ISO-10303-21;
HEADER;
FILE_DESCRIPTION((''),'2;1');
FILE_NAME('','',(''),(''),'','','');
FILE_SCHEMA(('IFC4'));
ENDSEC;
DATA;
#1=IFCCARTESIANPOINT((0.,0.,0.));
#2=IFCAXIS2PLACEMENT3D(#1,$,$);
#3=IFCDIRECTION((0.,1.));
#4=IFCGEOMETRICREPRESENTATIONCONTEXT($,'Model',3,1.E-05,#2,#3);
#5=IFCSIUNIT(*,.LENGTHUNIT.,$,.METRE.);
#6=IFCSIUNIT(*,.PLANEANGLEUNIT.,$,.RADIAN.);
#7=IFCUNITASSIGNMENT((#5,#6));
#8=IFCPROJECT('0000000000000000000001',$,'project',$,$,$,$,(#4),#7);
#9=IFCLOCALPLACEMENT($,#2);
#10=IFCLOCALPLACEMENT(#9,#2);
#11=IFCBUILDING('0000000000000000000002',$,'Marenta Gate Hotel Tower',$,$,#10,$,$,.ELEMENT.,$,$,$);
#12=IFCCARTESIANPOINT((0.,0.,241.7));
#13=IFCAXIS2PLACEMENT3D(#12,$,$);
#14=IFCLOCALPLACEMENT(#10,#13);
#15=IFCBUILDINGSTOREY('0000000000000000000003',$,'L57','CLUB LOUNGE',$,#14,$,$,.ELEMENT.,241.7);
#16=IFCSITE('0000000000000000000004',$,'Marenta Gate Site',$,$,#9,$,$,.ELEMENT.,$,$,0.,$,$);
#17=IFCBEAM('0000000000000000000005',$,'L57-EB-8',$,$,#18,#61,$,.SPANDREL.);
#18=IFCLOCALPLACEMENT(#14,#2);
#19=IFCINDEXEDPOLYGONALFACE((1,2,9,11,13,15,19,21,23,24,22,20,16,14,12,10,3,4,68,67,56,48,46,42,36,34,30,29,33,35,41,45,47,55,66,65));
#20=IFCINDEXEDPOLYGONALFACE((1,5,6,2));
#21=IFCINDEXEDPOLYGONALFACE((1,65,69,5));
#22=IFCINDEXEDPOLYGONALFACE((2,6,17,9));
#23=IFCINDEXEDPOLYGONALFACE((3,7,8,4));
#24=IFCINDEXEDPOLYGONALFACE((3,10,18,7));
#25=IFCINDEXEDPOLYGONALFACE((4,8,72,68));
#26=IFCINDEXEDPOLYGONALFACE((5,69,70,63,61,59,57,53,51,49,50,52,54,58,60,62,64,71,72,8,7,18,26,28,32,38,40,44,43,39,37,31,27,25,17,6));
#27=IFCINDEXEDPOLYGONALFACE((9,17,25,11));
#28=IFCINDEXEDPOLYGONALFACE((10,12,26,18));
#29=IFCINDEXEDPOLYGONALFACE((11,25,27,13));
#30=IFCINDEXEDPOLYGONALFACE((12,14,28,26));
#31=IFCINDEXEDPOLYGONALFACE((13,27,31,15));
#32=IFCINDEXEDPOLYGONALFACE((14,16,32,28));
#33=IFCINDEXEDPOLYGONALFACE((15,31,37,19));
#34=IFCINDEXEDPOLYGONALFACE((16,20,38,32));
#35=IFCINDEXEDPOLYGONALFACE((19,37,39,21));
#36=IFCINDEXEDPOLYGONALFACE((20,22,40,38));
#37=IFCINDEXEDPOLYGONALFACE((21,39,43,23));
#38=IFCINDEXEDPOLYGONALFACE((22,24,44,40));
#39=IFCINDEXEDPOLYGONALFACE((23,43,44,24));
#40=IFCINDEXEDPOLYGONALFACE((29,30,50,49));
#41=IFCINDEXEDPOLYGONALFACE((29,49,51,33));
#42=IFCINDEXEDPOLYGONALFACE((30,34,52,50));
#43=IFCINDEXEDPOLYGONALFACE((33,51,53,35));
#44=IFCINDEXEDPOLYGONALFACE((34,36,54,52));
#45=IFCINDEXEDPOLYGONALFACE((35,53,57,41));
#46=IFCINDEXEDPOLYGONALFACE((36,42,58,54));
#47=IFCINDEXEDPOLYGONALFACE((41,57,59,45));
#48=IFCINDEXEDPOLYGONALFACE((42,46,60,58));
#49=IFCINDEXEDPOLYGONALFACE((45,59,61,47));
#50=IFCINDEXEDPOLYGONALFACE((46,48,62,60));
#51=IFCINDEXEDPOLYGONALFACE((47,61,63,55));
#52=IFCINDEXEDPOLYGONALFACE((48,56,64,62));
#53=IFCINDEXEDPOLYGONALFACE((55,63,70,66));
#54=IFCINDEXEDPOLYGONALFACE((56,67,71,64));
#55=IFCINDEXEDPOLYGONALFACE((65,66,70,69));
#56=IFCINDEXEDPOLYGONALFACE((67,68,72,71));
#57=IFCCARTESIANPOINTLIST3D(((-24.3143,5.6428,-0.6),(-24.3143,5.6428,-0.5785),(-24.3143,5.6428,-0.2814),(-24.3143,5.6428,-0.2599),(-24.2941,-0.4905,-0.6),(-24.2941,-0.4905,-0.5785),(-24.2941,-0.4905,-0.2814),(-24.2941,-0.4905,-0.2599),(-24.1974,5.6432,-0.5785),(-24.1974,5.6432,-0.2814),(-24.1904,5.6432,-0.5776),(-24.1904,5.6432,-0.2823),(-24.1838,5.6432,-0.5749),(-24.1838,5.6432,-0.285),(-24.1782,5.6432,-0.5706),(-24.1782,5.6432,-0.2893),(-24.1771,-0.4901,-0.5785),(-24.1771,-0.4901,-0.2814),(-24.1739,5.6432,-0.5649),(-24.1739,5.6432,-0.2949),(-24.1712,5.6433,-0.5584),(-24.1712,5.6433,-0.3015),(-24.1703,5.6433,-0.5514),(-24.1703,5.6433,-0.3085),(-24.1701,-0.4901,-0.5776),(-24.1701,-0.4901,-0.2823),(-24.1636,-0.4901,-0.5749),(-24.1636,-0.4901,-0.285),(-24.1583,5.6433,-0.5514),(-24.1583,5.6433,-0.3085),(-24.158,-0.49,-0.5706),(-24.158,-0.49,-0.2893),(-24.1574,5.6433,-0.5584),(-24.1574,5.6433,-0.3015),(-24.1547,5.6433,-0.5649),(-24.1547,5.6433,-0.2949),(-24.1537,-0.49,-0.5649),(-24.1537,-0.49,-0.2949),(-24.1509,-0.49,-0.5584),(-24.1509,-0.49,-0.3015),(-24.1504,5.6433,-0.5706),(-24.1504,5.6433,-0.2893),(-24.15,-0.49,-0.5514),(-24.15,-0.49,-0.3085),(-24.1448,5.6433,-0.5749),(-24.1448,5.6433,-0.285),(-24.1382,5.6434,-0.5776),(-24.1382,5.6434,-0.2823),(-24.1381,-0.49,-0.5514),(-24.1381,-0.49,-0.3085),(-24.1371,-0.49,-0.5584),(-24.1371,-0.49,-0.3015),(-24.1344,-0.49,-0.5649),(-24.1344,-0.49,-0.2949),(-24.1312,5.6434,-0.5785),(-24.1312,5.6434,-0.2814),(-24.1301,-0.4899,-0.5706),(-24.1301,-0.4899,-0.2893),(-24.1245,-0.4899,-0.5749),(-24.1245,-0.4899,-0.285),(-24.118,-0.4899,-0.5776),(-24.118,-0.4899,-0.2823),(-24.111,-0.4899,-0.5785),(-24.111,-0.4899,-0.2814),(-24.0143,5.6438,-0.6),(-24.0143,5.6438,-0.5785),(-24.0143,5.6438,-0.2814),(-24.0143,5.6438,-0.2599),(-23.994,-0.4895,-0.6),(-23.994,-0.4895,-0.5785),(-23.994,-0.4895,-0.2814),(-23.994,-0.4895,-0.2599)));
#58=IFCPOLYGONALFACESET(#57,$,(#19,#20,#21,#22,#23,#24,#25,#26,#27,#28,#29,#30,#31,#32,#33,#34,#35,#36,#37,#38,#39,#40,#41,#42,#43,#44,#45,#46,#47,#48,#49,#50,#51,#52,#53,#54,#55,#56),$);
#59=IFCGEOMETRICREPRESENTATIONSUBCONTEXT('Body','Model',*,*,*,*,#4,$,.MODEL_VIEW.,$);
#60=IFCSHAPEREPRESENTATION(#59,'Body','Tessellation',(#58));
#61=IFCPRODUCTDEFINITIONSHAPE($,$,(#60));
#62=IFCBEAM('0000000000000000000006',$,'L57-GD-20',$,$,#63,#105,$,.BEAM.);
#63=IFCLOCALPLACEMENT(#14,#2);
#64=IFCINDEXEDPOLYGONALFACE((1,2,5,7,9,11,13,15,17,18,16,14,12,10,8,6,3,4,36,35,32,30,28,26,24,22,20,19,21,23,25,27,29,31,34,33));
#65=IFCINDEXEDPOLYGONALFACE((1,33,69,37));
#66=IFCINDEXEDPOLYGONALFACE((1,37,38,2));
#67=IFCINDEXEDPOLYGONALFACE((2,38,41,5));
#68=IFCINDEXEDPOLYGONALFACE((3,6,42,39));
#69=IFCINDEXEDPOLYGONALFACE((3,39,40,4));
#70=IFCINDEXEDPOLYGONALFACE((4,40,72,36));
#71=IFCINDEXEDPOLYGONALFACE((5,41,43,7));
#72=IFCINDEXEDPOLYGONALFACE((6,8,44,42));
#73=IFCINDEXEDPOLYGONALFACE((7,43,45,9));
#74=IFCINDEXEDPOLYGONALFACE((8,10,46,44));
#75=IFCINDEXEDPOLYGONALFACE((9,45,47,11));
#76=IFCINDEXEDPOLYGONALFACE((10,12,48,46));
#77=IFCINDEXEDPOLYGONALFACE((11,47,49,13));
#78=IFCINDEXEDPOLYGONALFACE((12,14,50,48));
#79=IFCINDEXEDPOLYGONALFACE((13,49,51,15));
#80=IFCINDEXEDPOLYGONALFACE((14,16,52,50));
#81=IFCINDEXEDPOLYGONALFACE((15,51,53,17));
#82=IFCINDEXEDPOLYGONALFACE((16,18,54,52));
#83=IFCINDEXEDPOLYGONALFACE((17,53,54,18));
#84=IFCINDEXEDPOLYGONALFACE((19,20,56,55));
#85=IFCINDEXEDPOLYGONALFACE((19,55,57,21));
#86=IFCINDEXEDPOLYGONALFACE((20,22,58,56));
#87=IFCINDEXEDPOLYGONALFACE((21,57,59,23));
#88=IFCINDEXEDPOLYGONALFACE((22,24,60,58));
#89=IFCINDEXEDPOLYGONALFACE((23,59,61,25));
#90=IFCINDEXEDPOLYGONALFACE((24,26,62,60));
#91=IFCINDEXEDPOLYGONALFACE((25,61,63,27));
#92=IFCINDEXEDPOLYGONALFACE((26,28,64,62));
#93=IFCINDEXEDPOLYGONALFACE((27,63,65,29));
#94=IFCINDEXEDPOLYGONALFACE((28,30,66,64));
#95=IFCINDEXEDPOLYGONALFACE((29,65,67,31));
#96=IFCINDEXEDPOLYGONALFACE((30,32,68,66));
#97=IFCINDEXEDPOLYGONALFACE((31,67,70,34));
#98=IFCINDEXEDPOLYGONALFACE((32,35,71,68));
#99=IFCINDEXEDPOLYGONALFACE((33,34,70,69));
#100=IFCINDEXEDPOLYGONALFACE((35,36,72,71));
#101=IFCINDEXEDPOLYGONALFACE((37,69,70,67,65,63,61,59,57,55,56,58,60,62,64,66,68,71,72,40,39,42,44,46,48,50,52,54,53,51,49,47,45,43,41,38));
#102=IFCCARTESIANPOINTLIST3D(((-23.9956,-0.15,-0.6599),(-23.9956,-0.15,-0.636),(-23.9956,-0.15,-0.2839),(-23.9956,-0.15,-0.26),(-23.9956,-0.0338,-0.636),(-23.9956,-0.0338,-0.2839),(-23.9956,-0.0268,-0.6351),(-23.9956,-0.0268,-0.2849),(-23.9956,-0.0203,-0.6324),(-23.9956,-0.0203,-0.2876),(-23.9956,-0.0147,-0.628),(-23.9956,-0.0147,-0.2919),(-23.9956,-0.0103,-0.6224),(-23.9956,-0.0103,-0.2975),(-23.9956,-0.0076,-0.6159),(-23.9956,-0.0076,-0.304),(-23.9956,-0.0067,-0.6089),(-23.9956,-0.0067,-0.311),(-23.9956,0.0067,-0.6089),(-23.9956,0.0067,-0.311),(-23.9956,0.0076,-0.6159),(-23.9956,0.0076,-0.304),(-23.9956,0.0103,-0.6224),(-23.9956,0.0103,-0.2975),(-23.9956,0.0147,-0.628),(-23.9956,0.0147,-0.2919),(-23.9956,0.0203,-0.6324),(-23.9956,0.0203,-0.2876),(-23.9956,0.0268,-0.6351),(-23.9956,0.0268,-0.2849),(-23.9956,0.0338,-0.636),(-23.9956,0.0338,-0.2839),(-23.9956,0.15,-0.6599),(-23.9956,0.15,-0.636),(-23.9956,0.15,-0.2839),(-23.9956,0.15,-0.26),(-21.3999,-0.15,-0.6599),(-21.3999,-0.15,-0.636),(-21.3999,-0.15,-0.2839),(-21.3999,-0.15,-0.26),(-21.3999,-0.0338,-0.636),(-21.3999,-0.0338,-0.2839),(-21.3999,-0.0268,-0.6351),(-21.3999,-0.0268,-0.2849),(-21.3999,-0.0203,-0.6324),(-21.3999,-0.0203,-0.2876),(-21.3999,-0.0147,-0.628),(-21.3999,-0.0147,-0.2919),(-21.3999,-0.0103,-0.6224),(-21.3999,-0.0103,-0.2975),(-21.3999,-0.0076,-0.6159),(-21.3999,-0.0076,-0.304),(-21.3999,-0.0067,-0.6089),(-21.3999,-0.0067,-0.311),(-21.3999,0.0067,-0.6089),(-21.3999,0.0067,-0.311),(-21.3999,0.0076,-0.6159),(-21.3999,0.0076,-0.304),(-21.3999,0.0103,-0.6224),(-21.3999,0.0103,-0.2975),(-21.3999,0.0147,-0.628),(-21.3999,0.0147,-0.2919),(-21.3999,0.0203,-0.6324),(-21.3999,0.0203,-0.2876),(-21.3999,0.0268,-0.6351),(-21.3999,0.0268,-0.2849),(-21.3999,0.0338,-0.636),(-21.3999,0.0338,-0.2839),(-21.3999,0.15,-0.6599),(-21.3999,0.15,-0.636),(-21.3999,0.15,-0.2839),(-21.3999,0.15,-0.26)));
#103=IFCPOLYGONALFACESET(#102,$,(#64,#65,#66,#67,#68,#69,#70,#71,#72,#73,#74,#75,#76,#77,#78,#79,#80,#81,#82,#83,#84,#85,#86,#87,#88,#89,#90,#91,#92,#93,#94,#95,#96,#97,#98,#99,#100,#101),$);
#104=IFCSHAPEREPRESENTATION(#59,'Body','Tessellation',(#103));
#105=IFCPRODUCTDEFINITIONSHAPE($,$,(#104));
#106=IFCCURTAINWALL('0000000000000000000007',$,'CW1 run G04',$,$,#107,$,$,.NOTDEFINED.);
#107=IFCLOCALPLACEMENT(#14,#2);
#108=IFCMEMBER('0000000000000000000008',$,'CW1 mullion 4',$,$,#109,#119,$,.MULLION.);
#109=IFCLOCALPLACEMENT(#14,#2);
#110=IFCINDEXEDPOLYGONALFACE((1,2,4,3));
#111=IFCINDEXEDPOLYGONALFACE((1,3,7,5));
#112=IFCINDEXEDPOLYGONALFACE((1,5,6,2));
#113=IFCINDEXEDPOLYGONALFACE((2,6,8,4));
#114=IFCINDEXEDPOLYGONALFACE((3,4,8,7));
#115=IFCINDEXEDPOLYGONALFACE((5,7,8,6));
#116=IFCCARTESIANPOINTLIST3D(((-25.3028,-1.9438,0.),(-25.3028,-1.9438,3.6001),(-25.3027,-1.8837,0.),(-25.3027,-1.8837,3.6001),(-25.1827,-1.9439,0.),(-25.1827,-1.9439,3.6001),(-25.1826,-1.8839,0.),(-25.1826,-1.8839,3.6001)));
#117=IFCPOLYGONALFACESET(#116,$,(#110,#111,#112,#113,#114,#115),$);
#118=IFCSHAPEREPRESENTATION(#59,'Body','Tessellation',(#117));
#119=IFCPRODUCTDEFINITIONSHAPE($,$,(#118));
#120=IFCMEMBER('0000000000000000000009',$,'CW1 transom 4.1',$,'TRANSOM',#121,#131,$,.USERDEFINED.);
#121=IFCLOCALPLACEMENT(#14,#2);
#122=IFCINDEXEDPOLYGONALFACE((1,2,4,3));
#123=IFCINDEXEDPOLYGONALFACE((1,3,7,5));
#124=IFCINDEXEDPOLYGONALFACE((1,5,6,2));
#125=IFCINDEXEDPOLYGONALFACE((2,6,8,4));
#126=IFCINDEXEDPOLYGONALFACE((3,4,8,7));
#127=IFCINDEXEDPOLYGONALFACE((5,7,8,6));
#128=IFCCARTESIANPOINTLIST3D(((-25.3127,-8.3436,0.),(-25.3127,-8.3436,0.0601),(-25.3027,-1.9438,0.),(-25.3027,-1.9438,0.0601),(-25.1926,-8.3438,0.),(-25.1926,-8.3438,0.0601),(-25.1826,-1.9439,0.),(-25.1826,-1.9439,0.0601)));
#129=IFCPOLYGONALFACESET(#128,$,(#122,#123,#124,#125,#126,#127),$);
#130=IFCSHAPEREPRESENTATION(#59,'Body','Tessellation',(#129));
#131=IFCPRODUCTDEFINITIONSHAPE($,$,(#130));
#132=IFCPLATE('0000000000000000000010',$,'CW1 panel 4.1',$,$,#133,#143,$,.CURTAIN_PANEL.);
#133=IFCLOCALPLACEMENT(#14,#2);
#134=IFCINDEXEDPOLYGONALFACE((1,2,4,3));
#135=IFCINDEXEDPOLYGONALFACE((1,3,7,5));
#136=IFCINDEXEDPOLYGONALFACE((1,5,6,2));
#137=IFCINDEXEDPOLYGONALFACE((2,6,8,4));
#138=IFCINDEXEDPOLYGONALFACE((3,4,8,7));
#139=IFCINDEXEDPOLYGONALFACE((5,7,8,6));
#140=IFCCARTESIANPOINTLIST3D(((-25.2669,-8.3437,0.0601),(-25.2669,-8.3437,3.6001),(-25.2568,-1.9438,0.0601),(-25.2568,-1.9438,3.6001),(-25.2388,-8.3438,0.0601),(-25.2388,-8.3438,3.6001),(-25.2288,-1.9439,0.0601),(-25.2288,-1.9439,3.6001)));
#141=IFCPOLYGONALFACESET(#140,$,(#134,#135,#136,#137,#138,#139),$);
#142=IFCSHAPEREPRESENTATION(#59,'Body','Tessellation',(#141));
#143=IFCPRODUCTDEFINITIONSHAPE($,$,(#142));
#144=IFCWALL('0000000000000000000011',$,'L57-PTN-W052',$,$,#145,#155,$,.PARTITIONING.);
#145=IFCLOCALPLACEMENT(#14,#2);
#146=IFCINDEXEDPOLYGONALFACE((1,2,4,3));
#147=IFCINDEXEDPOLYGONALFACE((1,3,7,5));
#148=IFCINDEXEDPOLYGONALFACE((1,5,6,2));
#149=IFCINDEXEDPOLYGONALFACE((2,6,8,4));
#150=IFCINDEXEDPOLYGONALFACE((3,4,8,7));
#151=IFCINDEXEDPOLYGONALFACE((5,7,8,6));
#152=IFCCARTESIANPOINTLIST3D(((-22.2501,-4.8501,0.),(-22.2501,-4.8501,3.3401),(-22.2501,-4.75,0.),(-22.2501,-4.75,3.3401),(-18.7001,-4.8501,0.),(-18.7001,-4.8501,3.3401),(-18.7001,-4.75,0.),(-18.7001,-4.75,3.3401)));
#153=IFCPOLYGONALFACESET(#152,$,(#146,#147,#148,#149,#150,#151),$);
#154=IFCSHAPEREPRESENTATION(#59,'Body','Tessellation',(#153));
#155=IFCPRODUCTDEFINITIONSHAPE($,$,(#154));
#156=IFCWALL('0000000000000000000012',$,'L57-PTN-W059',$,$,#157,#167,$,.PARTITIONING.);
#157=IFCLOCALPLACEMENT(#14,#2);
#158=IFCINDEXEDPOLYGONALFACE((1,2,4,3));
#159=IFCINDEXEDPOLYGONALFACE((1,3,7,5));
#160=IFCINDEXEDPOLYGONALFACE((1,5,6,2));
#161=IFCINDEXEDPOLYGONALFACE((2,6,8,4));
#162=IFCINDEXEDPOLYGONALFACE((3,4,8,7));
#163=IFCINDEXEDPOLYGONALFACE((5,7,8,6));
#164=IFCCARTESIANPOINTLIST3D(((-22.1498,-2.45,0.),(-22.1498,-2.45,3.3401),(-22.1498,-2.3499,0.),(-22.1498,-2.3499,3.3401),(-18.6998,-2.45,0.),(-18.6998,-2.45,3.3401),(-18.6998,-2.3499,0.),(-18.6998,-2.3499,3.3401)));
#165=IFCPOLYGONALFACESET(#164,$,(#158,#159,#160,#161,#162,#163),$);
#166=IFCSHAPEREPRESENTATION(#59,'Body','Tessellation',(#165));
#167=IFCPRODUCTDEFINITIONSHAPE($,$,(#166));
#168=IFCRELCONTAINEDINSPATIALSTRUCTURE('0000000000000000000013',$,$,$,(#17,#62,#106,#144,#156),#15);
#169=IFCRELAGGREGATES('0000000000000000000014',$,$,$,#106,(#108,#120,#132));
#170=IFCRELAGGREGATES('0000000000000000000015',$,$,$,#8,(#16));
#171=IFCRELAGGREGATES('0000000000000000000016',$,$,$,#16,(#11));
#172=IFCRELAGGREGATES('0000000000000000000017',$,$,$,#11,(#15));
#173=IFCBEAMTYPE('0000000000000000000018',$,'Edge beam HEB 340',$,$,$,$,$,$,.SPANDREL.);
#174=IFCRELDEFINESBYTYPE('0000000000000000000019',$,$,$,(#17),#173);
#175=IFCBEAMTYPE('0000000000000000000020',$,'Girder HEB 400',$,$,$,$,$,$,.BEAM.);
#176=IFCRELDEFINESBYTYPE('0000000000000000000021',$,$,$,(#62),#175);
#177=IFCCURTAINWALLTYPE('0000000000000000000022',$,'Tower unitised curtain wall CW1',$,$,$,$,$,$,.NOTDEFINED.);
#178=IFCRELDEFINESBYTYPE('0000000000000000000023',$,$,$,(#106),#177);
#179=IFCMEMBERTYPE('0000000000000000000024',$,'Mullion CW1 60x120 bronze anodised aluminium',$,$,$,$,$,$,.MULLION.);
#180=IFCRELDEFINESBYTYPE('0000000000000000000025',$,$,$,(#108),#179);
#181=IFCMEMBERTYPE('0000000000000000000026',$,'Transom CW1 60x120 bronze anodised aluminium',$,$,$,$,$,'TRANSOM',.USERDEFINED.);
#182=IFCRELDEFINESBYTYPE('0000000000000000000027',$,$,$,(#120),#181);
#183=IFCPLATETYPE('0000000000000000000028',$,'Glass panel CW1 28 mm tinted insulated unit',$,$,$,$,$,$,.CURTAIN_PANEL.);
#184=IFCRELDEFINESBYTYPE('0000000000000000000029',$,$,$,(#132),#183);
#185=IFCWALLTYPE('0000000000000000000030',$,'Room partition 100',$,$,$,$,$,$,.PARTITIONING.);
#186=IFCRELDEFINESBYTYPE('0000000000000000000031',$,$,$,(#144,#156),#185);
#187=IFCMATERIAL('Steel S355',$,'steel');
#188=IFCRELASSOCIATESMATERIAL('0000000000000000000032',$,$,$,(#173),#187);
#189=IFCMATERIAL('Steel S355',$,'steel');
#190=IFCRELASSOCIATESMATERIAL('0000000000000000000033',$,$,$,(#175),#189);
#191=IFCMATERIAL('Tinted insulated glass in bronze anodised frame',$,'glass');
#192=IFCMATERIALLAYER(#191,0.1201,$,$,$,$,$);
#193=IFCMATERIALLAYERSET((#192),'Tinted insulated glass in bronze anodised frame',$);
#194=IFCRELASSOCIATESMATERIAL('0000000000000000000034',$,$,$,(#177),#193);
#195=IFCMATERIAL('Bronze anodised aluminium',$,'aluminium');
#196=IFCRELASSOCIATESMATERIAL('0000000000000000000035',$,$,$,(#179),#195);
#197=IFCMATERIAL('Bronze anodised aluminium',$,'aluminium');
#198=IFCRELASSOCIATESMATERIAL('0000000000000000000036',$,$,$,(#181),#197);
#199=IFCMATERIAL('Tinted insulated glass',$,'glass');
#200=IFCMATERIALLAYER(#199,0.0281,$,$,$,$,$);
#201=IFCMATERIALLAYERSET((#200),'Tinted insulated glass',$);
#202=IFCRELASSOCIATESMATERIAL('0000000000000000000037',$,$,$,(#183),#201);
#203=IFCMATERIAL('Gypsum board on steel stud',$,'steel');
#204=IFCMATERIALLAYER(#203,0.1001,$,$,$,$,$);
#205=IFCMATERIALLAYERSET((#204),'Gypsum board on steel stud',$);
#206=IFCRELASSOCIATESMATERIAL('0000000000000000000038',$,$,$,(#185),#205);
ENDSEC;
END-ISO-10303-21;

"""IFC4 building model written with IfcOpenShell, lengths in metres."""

from ifc_helpers import new_model, si_unit, direction, frame, frame_2d, origin, origin_2d, place, context, subcontext, project, spatial, rectangle, i_section, extrude, material, layer, layer_set, material_profile, profile_set, type_object, element, aggregate, save


model = new_model("IFC4")

# Units and contexts
model_context = context("Model", 3, precision=1e-05, world=origin(), true_north=direction((0.0, 1.0)))
body_context = subcontext(model_context, "Body", "Model", "MODEL_VIEW")
ifc_project = project(units=[si_unit("LENGTHUNIT", "METRE"), si_unit("PLANEANGLEUNIT", "RADIAN")], contexts=[model_context])

# Site, building, storey
site_placement = place(None, origin())
site = spatial("IfcSite", under=ifc_project, at=site_placement, Name="Marenta Gate Site", CompositionType="ELEMENT", RefElevation=0.0)
building_placement = place(site_placement, origin())
building = spatial("IfcBuilding", under=site, at=building_placement, Name="Marenta Gate Hotel Tower", CompositionType="ELEMENT")
storey_placement = place(building_placement, frame((0.0, 0.0, 241.7)))
storey = spatial("IfcBuildingStorey", under=building, at=storey_placement, Name="L57", Description="CLUB LOUNGE", CompositionType="ELEMENT", Elevation=241.7)

# Beams
ifc_material_1 = material(Name="Steel S355", Category="steel")
ifc_material_profile_1 = material_profile(ifc_material_1, i_section(OverallWidth=0.3, OverallDepth=0.3401, WebThickness=0.012, FlangeThickness=0.0215, FilletRadius=0.0271, at=origin_2d()), Name="HEB 340")
ifc_profile_set_1 = profile_set([ifc_material_profile_1], Name="Steel S355")
beam_type_1 = type_object("IfcBeamType", Name="Edge beam HEB 340", PredefinedType="SPANDREL", material=ifc_profile_set_1)
beam_1_placement = place(storey_placement, frame((-24.144, -0.49, -0.4299), z_axis=(-0.003304, 0.999995, 0.0), x_axis=(-0.999995, -0.003304, 0.0)))
element("IfcBeam", 1, at=beam_1_placement, inside=storey, type_object=beam_type_1, Name="L57-EB-8", PredefinedType="SPANDREL", context=body_context, shape_type="SweptSolid", body=[
    extrude(i_section(OverallWidth=0.3, OverallDepth=0.3401, WebThickness=0.012, FlangeThickness=0.0215, FilletRadius=0.0271, at=origin_2d()), origin(), (0.0, 0.0, 1.0), 6.1333),
])
ifc_material_2 = material(Name="Steel S355", Category="steel")
ifc_material_profile_2 = material_profile(ifc_material_2, i_section(OverallWidth=0.3, OverallDepth=0.3999, WebThickness=0.0134, FlangeThickness=0.0239, FilletRadius=0.0271, at=origin_2d()), Name="HEB 400")
ifc_profile_set_2 = profile_set([ifc_material_profile_2], Name="Steel S355")
beam_type_2 = type_object("IfcBeamType", Name="Girder HEB 400", PredefinedType="BEAM", material=ifc_profile_set_2)
beam_2_placement = place(storey_placement, frame((-23.9956, 0.0, -0.46), z_axis=(1.0, 0.0, 0.0), x_axis=(0.0, 1.0, 0.0)))
element("IfcBeam", 2, at=beam_2_placement, inside=storey, type_object=beam_type_2, Name="L57-GD-20", PredefinedType="BEAM", context=body_context, shape_type="SweptSolid", body=[
    extrude(i_section(OverallWidth=0.3, OverallDepth=0.3999, WebThickness=0.0134, FlangeThickness=0.0239, FilletRadius=0.0271, at=origin_2d()), origin(), (0.0, 0.0, 1.0), 2.5957),
])

# Curtain wall, members, plate
ifc_material_3 = material(Name="Tinted insulated glass in bronze anodised frame", Category="glass")
ifc_layer_1 = layer(ifc_material_3, 0.1201)
ifc_layer_set_1 = layer_set([ifc_layer_1], Name="Tinted insulated glass in bronze anodised frame")
curtain_wall_type = type_object("IfcCurtainWallType", Name="Tower unitised curtain wall CW1", PredefinedType="NOTDEFINED", material=ifc_layer_set_1)
curtain_wall_placement = place(storey_placement, origin())
curtain_wall = element("IfcCurtainWall", 3, at=curtain_wall_placement, inside=storey, type_object=curtain_wall_type, Name="CW1 run G04", PredefinedType="NOTDEFINED")
ifc_material_4 = material(Name="Bronze anodised aluminium", Category="aluminium")
ifc_material_profile_3 = material_profile(ifc_material_4, rectangle(XDim=0.1201, YDim=0.0601, at=origin_2d()), Name="Mullion CW1 60x120 bronze anodised aluminium")
ifc_profile_set_3 = profile_set([ifc_material_profile_3], Name="Bronze anodised aluminium")
member_type_1 = type_object("IfcMemberType", Name="Mullion CW1 60x120 bronze anodised aluminium", PredefinedType="MULLION", material=ifc_profile_set_3)
member_1_placement = place(storey_placement, frame((-25.2427, -1.9138, 0.0), z_axis=(0.0, 0.0, 1.0), x_axis=(0.999999, -0.001566, 0.0)))
member_1 = element("IfcMember", 4, at=member_1_placement, type_object=member_type_1, Name="CW1 mullion 4", PredefinedType="MULLION", context=body_context, shape_type="SweptSolid", body=[
    extrude(rectangle(XDim=0.1201, YDim=0.0601, at=origin_2d()), origin(), (0.0, 0.0, 1.0), 3.6001),
])
ifc_material_5 = material(Name="Bronze anodised aluminium", Category="aluminium")
ifc_material_profile_4 = material_profile(ifc_material_5, rectangle(XDim=0.1201, YDim=0.0601, at=origin_2d()), Name="Transom CW1 60x120 bronze anodised aluminium")
ifc_profile_set_4 = profile_set([ifc_material_profile_4], Name="Bronze anodised aluminium")
member_type_2 = type_object("IfcMemberType", Name="Transom CW1 60x120 bronze anodised aluminium", ElementType="TRANSOM", PredefinedType="USERDEFINED", material=ifc_profile_set_4)
member_2_placement = place(storey_placement, frame((-25.2427, -1.9438, 0.03), z_axis=(-0.001564, -0.999999, 0.0), x_axis=(0.999999, -0.001564, 0.0)))
member_2 = element("IfcMember", 5, at=member_2_placement, type_object=member_type_2, Name="CW1 transom 4.1", ObjectType="TRANSOM", PredefinedType="USERDEFINED", context=body_context, shape_type="SweptSolid", body=[
    extrude(rectangle(XDim=0.1201, YDim=0.0601, at=origin_2d()), origin(), (0.0, 0.0, 1.0), 6.3999),
])
ifc_material_6 = material(Name="Tinted insulated glass", Category="glass")
ifc_layer_2 = layer(ifc_material_6, 0.0281)
ifc_layer_set_2 = layer_set([ifc_layer_2], Name="Tinted insulated glass")
plate_type = type_object("IfcPlateType", Name="Glass panel CW1 28 mm tinted insulated unit", PredefinedType="CURTAIN_PANEL", material=ifc_layer_set_2)
plate_placement = place(storey_placement, frame((-25.2478, -5.1438, 0.0601), z_axis=(0.0, 0.0, 1.0), x_axis=(-0.001566, -0.999999, 0.0)))
plate = element("IfcPlate", 6, at=plate_placement, type_object=plate_type, Name="CW1 panel 4.1", PredefinedType="CURTAIN_PANEL", context=body_context, shape_type="SweptSolid", body=[
    extrude(rectangle(XDim=6.3999, YDim=0.0281, at=origin_2d()), origin(), (0.0, 0.0, 1.0), 3.54),
])
aggregate(curtain_wall, [member_1, member_2, plate])

# Walls
ifc_material_7 = material(Name="Gypsum board on steel stud", Category="steel")
ifc_layer_3 = layer(ifc_material_7, 0.1001)
ifc_layer_set_3 = layer_set([ifc_layer_3], Name="Gypsum board on steel stud")
wall_type_1 = type_object("IfcWallType", Name="Room partition 100", PredefinedType="PARTITIONING", material=ifc_layer_set_3)
wall_1_placement = place(storey_placement, frame((-22.25, -4.8, 0.0), z_axis=(0.0, 0.0, 1.0), x_axis=(1.0, 0.0, 0.0)))
element("IfcWall", 7, at=wall_1_placement, inside=storey, type_object=wall_type_1, Name="L57-PTN-W052", PredefinedType="PARTITIONING", context=body_context, shape_type="SweptSolid", body=[
    extrude(rectangle(XDim=3.55, YDim=0.1001, at=frame_2d((1.7749, 0.0))), origin(), (0.0, 0.0, 1.0), 3.3401),
])
wall_2_placement = place(storey_placement, frame((-22.1499, -2.3999, 0.0), z_axis=(0.0, 0.0, 1.0), x_axis=(1.0, 0.0, 0.0)))
element("IfcWall", 8, at=wall_2_placement, inside=storey, type_object=wall_type_1, Name="L57-PTN-W059", PredefinedType="PARTITIONING", context=body_context, shape_type="SweptSolid", body=[
    extrude(rectangle(XDim=3.45, YDim=0.1001, at=frame_2d((1.7251, 0.0))), origin(), (0.0, 0.0, 1.0), 3.3401),
])

save(model, "model.ifc")
